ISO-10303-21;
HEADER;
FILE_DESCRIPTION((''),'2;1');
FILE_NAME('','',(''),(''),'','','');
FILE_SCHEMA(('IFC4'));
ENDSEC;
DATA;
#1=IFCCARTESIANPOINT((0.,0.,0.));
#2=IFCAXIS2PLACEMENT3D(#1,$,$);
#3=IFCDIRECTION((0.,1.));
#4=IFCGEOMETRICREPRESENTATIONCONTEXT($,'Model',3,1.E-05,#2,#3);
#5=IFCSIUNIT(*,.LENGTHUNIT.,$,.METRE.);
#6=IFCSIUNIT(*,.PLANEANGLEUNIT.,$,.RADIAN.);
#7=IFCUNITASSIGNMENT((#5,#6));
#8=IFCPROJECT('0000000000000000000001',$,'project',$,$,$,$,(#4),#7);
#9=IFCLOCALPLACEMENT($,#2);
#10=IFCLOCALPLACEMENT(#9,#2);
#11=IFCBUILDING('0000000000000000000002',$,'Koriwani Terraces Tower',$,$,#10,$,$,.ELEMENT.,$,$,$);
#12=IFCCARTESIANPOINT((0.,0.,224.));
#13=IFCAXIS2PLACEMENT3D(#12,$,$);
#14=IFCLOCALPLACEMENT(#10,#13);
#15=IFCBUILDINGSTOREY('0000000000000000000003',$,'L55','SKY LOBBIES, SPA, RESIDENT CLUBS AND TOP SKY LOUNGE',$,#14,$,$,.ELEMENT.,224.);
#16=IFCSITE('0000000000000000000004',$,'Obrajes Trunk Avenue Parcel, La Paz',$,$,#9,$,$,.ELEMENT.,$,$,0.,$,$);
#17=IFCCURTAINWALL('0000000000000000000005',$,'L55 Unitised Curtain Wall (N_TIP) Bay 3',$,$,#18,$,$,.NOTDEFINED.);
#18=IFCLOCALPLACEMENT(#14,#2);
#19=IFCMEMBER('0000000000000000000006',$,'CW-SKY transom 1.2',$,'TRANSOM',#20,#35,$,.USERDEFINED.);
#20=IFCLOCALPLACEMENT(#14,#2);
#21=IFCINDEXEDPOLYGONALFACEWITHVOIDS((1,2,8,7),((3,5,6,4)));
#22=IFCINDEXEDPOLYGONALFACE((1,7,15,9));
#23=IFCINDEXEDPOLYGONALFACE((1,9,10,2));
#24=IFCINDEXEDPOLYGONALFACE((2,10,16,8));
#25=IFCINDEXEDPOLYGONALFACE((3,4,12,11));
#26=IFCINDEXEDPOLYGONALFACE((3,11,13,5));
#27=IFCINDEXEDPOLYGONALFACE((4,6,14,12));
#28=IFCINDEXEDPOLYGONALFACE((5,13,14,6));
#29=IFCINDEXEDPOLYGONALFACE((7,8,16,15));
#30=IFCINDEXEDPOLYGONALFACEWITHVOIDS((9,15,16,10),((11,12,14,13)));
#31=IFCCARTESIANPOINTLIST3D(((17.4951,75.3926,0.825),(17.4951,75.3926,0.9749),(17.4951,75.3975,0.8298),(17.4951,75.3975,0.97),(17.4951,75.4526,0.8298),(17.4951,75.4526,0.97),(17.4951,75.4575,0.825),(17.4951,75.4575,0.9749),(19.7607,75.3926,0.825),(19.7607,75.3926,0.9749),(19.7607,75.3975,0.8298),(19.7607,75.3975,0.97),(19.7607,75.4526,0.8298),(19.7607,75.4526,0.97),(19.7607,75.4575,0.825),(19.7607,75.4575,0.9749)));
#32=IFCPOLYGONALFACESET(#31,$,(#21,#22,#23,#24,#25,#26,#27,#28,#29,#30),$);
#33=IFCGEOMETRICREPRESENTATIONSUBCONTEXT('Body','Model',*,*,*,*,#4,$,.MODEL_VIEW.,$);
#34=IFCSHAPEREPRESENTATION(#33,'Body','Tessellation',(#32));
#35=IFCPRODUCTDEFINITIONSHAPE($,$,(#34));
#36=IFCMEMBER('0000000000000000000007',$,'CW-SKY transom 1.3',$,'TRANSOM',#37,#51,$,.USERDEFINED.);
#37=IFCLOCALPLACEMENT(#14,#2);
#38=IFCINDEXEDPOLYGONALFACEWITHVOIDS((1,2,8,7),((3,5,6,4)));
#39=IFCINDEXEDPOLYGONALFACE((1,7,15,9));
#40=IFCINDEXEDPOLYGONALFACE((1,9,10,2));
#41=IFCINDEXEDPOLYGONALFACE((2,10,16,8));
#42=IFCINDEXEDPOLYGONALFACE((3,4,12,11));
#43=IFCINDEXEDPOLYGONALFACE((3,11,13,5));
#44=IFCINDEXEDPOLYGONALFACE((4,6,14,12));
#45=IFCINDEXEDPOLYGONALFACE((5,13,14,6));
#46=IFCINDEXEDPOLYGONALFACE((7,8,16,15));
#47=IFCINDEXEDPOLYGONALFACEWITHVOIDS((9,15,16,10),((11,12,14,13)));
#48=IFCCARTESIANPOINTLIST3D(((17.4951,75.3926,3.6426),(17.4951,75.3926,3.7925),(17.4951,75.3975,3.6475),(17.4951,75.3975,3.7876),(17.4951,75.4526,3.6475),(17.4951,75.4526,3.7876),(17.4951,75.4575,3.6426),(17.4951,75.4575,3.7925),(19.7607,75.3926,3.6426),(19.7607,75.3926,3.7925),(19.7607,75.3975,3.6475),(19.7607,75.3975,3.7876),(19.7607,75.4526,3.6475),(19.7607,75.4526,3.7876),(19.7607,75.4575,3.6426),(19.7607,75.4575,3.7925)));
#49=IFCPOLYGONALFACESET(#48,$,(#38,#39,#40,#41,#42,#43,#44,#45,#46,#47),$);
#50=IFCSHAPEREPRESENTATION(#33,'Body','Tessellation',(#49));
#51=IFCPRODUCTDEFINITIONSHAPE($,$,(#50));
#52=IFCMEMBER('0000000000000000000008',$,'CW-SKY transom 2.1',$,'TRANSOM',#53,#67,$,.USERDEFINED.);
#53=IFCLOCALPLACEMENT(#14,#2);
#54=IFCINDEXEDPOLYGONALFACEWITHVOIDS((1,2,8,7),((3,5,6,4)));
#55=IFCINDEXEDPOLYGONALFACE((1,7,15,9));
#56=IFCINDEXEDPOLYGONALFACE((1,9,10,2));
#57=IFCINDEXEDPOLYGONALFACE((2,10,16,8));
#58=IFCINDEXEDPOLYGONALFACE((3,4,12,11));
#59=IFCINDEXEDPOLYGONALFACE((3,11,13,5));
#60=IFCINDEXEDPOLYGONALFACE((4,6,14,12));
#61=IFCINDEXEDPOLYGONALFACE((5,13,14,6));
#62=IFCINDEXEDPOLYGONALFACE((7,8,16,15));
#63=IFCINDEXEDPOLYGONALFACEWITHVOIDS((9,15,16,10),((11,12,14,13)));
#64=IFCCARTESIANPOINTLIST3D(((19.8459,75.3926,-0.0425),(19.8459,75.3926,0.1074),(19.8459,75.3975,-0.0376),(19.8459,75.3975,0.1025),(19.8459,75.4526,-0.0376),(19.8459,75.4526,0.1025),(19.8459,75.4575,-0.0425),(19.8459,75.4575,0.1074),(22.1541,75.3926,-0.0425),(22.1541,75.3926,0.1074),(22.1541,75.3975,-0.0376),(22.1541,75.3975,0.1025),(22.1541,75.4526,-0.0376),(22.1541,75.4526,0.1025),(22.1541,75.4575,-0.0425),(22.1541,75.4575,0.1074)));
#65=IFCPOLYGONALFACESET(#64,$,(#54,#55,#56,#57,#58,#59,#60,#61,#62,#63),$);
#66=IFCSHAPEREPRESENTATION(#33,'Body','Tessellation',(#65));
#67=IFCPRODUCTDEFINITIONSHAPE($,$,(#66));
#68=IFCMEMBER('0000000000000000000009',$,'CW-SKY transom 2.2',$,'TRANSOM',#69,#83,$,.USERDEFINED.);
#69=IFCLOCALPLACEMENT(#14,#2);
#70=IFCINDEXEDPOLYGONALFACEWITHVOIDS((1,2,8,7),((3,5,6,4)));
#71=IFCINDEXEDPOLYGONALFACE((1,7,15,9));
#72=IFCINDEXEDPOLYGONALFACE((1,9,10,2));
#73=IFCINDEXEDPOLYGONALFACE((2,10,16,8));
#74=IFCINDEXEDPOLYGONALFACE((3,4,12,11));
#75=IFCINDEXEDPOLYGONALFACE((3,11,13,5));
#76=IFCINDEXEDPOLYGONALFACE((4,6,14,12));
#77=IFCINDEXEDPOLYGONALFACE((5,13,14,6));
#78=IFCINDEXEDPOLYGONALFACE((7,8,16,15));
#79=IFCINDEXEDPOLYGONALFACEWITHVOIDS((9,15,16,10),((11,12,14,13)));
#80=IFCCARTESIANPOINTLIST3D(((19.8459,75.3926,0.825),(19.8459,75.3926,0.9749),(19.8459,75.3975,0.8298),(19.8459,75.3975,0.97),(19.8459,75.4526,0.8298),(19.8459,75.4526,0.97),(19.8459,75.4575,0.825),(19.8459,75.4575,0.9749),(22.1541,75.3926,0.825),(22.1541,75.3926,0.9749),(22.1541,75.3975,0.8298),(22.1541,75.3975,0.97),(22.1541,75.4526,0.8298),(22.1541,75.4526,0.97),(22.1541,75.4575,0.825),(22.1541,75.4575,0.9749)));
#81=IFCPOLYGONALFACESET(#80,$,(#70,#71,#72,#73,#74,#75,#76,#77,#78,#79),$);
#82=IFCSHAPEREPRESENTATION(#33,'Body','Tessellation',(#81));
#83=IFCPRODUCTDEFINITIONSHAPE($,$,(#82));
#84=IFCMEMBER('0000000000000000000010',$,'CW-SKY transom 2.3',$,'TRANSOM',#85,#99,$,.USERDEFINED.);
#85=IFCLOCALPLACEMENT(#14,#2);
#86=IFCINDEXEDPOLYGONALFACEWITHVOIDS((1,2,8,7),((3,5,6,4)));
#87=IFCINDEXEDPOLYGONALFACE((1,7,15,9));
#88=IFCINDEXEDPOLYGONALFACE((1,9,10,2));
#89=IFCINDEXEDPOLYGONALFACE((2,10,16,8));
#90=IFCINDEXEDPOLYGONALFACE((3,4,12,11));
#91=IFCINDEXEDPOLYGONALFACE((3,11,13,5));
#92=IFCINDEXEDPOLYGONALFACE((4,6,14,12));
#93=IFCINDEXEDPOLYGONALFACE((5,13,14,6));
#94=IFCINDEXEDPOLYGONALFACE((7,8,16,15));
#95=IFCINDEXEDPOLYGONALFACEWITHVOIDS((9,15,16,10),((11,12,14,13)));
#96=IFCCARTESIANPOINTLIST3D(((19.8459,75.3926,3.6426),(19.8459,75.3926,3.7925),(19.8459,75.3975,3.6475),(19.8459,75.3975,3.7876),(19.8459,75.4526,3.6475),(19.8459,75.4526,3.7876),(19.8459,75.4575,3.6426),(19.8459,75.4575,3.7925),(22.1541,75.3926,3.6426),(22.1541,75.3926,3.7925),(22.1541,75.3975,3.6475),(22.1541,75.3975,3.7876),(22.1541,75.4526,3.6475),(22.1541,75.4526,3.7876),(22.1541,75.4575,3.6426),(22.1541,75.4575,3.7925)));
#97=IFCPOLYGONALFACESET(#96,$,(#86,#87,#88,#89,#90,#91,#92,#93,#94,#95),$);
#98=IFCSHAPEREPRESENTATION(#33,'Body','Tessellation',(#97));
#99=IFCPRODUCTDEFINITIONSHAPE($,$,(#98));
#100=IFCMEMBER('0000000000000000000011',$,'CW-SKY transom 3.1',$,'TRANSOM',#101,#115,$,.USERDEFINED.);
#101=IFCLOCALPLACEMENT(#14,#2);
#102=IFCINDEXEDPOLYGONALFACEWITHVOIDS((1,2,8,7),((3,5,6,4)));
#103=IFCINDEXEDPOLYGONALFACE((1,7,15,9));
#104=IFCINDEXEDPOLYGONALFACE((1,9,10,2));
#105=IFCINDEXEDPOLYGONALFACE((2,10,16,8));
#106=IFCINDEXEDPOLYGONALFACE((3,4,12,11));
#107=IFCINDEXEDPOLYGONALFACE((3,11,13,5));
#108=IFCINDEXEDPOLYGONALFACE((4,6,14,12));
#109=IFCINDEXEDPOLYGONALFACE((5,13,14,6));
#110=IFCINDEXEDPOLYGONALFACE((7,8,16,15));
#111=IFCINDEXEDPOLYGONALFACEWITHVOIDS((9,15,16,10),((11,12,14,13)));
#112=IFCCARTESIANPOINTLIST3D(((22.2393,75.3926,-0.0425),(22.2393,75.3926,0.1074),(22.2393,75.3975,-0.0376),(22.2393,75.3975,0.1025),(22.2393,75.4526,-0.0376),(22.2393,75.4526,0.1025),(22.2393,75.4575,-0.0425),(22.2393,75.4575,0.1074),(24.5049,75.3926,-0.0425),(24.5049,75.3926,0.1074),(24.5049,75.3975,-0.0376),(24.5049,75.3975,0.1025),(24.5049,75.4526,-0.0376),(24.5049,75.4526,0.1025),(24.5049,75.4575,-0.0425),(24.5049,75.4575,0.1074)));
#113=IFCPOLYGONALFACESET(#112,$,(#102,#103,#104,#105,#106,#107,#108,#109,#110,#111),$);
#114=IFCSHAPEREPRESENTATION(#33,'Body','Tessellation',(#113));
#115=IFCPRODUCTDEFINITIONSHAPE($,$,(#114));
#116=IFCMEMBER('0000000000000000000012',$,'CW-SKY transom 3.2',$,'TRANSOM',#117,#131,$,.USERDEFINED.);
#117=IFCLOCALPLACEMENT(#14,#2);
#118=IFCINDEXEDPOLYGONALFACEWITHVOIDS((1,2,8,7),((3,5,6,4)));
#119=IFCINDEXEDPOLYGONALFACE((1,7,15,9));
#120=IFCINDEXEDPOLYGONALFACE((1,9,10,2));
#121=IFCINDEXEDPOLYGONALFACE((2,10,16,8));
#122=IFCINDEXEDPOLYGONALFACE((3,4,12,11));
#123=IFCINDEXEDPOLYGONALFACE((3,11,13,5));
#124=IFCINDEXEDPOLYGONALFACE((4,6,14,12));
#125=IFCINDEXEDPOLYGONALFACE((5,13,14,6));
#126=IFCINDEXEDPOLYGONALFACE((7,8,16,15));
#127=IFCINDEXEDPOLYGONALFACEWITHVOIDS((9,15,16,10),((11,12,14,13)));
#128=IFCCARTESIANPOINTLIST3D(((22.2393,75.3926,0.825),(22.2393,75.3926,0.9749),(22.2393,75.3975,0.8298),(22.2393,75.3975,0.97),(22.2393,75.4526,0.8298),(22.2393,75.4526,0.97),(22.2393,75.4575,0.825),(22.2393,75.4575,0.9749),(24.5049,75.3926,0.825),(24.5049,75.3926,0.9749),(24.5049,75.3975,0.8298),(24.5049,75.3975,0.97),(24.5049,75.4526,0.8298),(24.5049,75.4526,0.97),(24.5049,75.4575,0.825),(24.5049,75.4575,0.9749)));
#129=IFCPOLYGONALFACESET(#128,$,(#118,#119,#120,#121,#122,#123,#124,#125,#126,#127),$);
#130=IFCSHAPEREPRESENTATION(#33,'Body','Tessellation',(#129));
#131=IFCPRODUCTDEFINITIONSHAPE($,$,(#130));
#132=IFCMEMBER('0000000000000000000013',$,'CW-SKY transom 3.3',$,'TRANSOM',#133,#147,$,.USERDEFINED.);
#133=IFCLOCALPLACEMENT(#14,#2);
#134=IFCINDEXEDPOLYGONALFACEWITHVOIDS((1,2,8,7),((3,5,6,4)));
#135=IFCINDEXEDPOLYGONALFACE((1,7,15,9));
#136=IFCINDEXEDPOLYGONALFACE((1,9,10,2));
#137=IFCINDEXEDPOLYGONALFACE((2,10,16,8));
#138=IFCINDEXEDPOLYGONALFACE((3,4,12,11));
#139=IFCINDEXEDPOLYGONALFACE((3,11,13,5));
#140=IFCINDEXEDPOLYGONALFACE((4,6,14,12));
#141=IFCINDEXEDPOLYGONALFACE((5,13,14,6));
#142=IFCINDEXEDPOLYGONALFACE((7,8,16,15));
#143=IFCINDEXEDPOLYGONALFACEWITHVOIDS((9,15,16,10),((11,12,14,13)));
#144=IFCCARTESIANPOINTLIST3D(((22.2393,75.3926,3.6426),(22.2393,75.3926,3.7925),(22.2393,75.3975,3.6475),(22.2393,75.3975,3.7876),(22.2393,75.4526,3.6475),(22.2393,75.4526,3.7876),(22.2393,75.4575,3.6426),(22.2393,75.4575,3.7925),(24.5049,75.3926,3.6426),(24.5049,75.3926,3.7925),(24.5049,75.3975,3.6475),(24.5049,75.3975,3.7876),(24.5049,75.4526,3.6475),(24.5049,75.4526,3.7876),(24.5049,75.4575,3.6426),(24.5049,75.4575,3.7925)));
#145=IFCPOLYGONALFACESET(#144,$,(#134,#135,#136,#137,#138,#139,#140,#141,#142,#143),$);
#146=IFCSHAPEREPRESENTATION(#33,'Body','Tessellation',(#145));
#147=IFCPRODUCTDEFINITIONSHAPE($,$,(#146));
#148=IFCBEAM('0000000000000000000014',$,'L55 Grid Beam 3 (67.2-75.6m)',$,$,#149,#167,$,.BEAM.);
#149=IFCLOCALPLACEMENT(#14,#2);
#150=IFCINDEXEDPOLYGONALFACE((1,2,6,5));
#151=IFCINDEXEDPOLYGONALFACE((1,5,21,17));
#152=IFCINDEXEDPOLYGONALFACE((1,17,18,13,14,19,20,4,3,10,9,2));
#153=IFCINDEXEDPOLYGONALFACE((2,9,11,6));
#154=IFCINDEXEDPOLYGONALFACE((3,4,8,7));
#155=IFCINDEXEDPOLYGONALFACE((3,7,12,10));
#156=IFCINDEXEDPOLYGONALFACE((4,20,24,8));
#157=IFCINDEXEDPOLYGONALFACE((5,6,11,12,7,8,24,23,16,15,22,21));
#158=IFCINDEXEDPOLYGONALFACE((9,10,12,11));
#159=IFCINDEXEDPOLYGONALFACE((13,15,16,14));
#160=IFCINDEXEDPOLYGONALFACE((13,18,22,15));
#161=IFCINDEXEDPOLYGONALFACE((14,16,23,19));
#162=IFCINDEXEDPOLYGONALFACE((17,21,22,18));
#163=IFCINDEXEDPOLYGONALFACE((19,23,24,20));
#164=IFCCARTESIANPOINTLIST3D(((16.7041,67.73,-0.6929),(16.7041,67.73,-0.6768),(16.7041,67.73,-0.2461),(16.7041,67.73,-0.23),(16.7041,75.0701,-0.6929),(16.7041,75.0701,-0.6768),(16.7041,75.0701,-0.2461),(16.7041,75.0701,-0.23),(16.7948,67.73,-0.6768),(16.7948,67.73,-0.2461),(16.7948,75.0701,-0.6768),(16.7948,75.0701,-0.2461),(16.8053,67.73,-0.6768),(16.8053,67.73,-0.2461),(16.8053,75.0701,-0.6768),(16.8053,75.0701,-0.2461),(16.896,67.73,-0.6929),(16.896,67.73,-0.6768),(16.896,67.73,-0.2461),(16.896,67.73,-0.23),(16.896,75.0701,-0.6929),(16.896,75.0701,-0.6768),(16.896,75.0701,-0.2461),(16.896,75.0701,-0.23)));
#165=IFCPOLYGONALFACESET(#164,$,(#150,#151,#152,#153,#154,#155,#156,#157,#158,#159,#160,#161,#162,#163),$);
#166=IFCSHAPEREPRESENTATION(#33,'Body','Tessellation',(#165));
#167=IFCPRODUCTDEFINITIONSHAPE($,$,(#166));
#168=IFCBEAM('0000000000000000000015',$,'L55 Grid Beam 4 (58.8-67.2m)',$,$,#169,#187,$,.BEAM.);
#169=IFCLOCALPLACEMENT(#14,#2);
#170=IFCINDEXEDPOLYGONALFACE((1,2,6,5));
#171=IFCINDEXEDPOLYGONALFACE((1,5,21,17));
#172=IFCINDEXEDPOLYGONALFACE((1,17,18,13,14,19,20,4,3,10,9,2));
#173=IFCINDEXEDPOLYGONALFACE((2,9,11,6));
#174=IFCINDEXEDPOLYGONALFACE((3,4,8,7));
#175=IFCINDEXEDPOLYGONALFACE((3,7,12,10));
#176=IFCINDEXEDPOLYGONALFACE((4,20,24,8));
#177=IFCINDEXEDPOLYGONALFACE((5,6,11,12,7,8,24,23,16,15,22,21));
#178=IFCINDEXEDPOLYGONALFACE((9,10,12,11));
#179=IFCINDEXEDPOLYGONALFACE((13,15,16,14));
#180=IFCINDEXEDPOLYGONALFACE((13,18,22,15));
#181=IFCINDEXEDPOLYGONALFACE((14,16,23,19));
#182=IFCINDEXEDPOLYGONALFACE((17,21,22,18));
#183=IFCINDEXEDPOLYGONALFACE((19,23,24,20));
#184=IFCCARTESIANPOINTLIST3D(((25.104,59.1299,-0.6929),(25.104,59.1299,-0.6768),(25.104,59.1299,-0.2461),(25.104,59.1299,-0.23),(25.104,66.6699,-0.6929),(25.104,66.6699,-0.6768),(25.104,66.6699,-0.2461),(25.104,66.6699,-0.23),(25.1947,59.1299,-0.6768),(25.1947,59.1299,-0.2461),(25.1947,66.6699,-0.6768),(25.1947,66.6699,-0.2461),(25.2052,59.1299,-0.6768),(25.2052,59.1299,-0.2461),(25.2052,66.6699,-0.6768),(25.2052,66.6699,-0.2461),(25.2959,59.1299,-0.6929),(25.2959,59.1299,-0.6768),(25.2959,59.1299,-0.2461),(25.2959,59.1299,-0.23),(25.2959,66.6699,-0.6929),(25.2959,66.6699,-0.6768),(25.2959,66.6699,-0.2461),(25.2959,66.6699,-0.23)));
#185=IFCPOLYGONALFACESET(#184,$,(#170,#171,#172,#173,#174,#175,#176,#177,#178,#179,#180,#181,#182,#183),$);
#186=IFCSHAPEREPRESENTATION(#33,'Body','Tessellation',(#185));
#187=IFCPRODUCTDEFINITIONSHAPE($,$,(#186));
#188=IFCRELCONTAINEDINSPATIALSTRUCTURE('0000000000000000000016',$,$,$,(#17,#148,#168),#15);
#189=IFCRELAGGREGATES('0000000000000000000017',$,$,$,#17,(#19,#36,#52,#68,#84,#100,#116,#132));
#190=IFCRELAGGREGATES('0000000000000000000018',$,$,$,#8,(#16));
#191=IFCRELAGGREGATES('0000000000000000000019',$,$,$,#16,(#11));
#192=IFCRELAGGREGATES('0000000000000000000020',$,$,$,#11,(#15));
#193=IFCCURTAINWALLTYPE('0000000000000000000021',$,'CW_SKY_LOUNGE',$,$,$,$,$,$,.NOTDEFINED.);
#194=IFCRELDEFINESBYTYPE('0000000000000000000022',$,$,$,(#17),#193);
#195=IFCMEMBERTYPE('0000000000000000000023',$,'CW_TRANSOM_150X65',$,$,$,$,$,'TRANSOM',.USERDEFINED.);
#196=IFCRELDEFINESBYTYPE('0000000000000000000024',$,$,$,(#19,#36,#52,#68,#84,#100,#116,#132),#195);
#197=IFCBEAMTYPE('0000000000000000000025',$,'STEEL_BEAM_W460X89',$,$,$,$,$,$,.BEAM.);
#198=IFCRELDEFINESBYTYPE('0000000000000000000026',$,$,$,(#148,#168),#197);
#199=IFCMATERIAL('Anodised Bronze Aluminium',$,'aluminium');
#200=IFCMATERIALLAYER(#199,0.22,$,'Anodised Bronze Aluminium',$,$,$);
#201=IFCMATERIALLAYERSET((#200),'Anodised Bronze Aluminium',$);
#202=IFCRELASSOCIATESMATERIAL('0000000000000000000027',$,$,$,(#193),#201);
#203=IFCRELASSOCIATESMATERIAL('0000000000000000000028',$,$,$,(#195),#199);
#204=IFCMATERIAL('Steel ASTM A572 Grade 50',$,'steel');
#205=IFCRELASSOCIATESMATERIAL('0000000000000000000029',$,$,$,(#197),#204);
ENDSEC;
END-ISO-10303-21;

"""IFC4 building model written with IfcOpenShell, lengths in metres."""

from ifc_helpers import new_model, si_unit, direction, frame, origin, origin_2d, place, context, subcontext, project, spatial, hollow_rectangle, i_section, extrude, material, layer, layer_set, material_profile, profile_set, type_object, element, aggregate, save


model = new_model("IFC4")

# Units and contexts
model_context = context("Model", 3, precision=1e-05, world=origin(), true_north=direction((0.0, 1.0)))
body_context = subcontext(model_context, "Body", "Model", "MODEL_VIEW")
ifc_project = project(units=[si_unit("LENGTHUNIT", "METRE"), si_unit("PLANEANGLEUNIT", "RADIAN")], contexts=[model_context])

# Site, building, storey
site_placement = place(None, origin())
site = spatial("IfcSite", under=ifc_project, at=site_placement, Name="Obrajes Trunk Avenue Parcel, La Paz", CompositionType="ELEMENT", RefElevation=0.0)
building_placement = place(site_placement, origin())
building = spatial("IfcBuilding", under=site, at=building_placement, Name="Koriwani Terraces Tower", CompositionType="ELEMENT")
storey_placement = place(building_placement, frame((0.0, 0.0, 224.0)))
storey = spatial("IfcBuildingStorey", under=building, at=storey_placement, Name="L55", Description="SKY LOBBIES, SPA, RESIDENT CLUBS AND TOP SKY LOUNGE", CompositionType="ELEMENT", Elevation=224.0)

# Shared definitions
ifc_material_1 = material(Name="Anodised Bronze Aluminium", Category="aluminium")
ifc_layer_1 = layer(ifc_material_1, 0.22, Name="Anodised Bronze Aluminium")
ifc_layer_set_1 = layer_set([ifc_layer_1], Name="Anodised Bronze Aluminium")
curtain_wall_type = type_object("IfcCurtainWallType", Name="CW_SKY_LOUNGE", PredefinedType="NOTDEFINED", material=ifc_layer_set_1)

# Curtain wall, members
curtain_wall_1_placement = place(storey_placement, origin())
curtain_wall_1 = element("IfcCurtainWall", 1, at=curtain_wall_1_placement, inside=storey, type_object=curtain_wall_type, Name="L55 Unitised Curtain Wall (N_TIP) Bay 3", PredefinedType="NOTDEFINED")
ifc_material_profile_1 = material_profile(ifc_material_1, hollow_rectangle(XDim=0.0649, YDim=0.1499, WallThickness=0.0049, at=origin_2d()), Name="Anodised Bronze Aluminium", Category="LoadBearing")
ifc_profile_set_1 = profile_set([ifc_material_profile_1], Name="Anodised Bronze Aluminium")
member_type_1 = type_object("IfcMemberType", Name="CW_TRANSOM_150X65", ElementType="TRANSOM", PredefinedType="USERDEFINED", material=ifc_profile_set_1)
member_1_placement = place(storey_placement, frame((17.4951, 75.425, 0.8999), z_axis=(1.0, 0.0, 0.0), x_axis=(0.0, 1.0, 0.0)))
member_1 = element("IfcMember", 2, at=member_1_placement, type_object=member_type_1, Name="CW-SKY transom 1.2", ObjectType="TRANSOM", PredefinedType="USERDEFINED", context=body_context, shape_type="SweptSolid", body=[
    extrude(hollow_rectangle(XDim=0.0649, YDim=0.1499, WallThickness=0.0049, at=origin_2d()), origin(), (0.0, 0.0, 1.0), 2.2656),
])
member_2_placement = place(storey_placement, frame((17.4951, 75.425, 3.7175), z_axis=(1.0, 0.0, 0.0), x_axis=(0.0, 1.0, 0.0)))
member_2 = element("IfcMember", 3, at=member_2_placement, type_object=member_type_1, Name="CW-SKY transom 1.3", ObjectType="TRANSOM", PredefinedType="USERDEFINED", context=body_context, shape_type="SweptSolid", body=[
    extrude(hollow_rectangle(XDim=0.0649, YDim=0.1499, WallThickness=0.0049, at=origin_2d()), origin(), (0.0, 0.0, 1.0), 2.2656),
])
member_3_placement = place(storey_placement, frame((19.8459, 75.425, 0.0325), z_axis=(1.0, 0.0, 0.0), x_axis=(0.0, 1.0, 0.0)))
member_3 = element("IfcMember", 4, at=member_3_placement, type_object=member_type_1, Name="CW-SKY transom 2.1", ObjectType="TRANSOM", PredefinedType="USERDEFINED", context=body_context, shape_type="SweptSolid", body=[
    extrude(hollow_rectangle(XDim=0.0649, YDim=0.1499, WallThickness=0.0049, at=origin_2d()), origin(), (0.0, 0.0, 1.0), 2.3081),
])
member_4_placement = place(storey_placement, frame((19.8459, 75.425, 0.8999), z_axis=(1.0, 0.0, 0.0), x_axis=(0.0, 1.0, 0.0)))
member_4 = element("IfcMember", 5, at=member_4_placement, type_object=member_type_1, Name="CW-SKY transom 2.2", ObjectType="TRANSOM", PredefinedType="USERDEFINED", context=body_context, shape_type="SweptSolid", body=[
    extrude(hollow_rectangle(XDim=0.0649, YDim=0.1499, WallThickness=0.0049, at=origin_2d()), origin(), (0.0, 0.0, 1.0), 2.3081),
])
member_5_placement = place(storey_placement, frame((19.8459, 75.425, 3.7175), z_axis=(1.0, 0.0, 0.0), x_axis=(0.0, 1.0, 0.0)))
member_5 = element("IfcMember", 6, at=member_5_placement, type_object=member_type_1, Name="CW-SKY transom 2.3", ObjectType="TRANSOM", PredefinedType="USERDEFINED", context=body_context, shape_type="SweptSolid", body=[
    extrude(hollow_rectangle(XDim=0.0649, YDim=0.1499, WallThickness=0.0049, at=origin_2d()), origin(), (0.0, 0.0, 1.0), 2.3081),
])
member_6_placement = place(storey_placement, frame((22.2393, 75.425, 0.0325), z_axis=(1.0, 0.0, 0.0), x_axis=(0.0, 1.0, 0.0)))
member_6 = element("IfcMember", 7, at=member_6_placement, type_object=member_type_1, Name="CW-SKY transom 3.1", ObjectType="TRANSOM", PredefinedType="USERDEFINED", context=body_context, shape_type="SweptSolid", body=[
    extrude(hollow_rectangle(XDim=0.0649, YDim=0.1499, WallThickness=0.0049, at=origin_2d()), origin(), (0.0, 0.0, 1.0), 2.2656),
])
member_7_placement = place(storey_placement, frame((22.2393, 75.425, 0.8999), z_axis=(1.0, 0.0, 0.0), x_axis=(0.0, 1.0, 0.0)))
member_7 = element("IfcMember", 8, at=member_7_placement, type_object=member_type_1, Name="CW-SKY transom 3.2", ObjectType="TRANSOM", PredefinedType="USERDEFINED", context=body_context, shape_type="SweptSolid", body=[
    extrude(hollow_rectangle(XDim=0.0649, YDim=0.1499, WallThickness=0.0049, at=origin_2d()), origin(), (0.0, 0.0, 1.0), 2.2656),
])
member_8_placement = place(storey_placement, frame((22.2393, 75.425, 3.7175), z_axis=(1.0, 0.0, 0.0), x_axis=(0.0, 1.0, 0.0)))
member_8 = element("IfcMember", 9, at=member_8_placement, type_object=member_type_1, Name="CW-SKY transom 3.3", ObjectType="TRANSOM", PredefinedType="USERDEFINED", context=body_context, shape_type="SweptSolid", body=[
    extrude(hollow_rectangle(XDim=0.0649, YDim=0.1499, WallThickness=0.0049, at=origin_2d()), origin(), (0.0, 0.0, 1.0), 2.2656),
])

# Beams
ifc_material_2 = material(Name="Steel ASTM A572 Grade 50", Category="steel")
ifc_material_profile_2 = material_profile(ifc_material_2, i_section(OverallWidth=0.1919, OverallDepth=0.4629, WebThickness=0.0105, FlangeThickness=0.0161, at=origin_2d()), Name="Steel ASTM A572 Grade 50", Category="LoadBearing")
ifc_profile_set_2 = profile_set([ifc_material_profile_2], Name="Steel ASTM A572 Grade 50")
beam_type_1 = type_object("IfcBeamType", Name="STEEL_BEAM_W460X89", PredefinedType="BEAM", material=ifc_profile_set_2)
beam_1_placement = place(storey_placement, frame((16.8, 67.73, -0.4614), z_axis=(0.0, 1.0, 0.0), x_axis=(-1.0, 0.0, 0.0)))
element("IfcBeam", 10, at=beam_1_placement, inside=storey, type_object=beam_type_1, Name="L55 Grid Beam 3 (67.2-75.6m)", PredefinedType="BEAM", context=body_context, shape_type="SweptSolid", body=[
    extrude(i_section(OverallWidth=0.1919, OverallDepth=0.4629, WebThickness=0.0105, FlangeThickness=0.0161, at=origin_2d()), origin(), (0.0, 0.0, 1.0), 7.3401),
])
beam_2_placement = place(storey_placement, frame((25.2, 59.1299, -0.4614), z_axis=(0.0, 1.0, 0.0), x_axis=(-1.0, 0.0, 0.0)))
element("IfcBeam", 11, at=beam_2_placement, inside=storey, type_object=beam_type_1, Name="L55 Grid Beam 4 (58.8-67.2m)", PredefinedType="BEAM", context=body_context, shape_type="SweptSolid", body=[
    extrude(i_section(OverallWidth=0.1919, OverallDepth=0.4629, WebThickness=0.0105, FlangeThickness=0.0161, at=origin_2d()), origin(), (0.0, 0.0, 1.0), 7.54),
])

aggregate(curtain_wall_1, [member_1, member_2, member_3, member_4, member_5, member_6, member_7, member_8])

save(model, "model.ifc")
